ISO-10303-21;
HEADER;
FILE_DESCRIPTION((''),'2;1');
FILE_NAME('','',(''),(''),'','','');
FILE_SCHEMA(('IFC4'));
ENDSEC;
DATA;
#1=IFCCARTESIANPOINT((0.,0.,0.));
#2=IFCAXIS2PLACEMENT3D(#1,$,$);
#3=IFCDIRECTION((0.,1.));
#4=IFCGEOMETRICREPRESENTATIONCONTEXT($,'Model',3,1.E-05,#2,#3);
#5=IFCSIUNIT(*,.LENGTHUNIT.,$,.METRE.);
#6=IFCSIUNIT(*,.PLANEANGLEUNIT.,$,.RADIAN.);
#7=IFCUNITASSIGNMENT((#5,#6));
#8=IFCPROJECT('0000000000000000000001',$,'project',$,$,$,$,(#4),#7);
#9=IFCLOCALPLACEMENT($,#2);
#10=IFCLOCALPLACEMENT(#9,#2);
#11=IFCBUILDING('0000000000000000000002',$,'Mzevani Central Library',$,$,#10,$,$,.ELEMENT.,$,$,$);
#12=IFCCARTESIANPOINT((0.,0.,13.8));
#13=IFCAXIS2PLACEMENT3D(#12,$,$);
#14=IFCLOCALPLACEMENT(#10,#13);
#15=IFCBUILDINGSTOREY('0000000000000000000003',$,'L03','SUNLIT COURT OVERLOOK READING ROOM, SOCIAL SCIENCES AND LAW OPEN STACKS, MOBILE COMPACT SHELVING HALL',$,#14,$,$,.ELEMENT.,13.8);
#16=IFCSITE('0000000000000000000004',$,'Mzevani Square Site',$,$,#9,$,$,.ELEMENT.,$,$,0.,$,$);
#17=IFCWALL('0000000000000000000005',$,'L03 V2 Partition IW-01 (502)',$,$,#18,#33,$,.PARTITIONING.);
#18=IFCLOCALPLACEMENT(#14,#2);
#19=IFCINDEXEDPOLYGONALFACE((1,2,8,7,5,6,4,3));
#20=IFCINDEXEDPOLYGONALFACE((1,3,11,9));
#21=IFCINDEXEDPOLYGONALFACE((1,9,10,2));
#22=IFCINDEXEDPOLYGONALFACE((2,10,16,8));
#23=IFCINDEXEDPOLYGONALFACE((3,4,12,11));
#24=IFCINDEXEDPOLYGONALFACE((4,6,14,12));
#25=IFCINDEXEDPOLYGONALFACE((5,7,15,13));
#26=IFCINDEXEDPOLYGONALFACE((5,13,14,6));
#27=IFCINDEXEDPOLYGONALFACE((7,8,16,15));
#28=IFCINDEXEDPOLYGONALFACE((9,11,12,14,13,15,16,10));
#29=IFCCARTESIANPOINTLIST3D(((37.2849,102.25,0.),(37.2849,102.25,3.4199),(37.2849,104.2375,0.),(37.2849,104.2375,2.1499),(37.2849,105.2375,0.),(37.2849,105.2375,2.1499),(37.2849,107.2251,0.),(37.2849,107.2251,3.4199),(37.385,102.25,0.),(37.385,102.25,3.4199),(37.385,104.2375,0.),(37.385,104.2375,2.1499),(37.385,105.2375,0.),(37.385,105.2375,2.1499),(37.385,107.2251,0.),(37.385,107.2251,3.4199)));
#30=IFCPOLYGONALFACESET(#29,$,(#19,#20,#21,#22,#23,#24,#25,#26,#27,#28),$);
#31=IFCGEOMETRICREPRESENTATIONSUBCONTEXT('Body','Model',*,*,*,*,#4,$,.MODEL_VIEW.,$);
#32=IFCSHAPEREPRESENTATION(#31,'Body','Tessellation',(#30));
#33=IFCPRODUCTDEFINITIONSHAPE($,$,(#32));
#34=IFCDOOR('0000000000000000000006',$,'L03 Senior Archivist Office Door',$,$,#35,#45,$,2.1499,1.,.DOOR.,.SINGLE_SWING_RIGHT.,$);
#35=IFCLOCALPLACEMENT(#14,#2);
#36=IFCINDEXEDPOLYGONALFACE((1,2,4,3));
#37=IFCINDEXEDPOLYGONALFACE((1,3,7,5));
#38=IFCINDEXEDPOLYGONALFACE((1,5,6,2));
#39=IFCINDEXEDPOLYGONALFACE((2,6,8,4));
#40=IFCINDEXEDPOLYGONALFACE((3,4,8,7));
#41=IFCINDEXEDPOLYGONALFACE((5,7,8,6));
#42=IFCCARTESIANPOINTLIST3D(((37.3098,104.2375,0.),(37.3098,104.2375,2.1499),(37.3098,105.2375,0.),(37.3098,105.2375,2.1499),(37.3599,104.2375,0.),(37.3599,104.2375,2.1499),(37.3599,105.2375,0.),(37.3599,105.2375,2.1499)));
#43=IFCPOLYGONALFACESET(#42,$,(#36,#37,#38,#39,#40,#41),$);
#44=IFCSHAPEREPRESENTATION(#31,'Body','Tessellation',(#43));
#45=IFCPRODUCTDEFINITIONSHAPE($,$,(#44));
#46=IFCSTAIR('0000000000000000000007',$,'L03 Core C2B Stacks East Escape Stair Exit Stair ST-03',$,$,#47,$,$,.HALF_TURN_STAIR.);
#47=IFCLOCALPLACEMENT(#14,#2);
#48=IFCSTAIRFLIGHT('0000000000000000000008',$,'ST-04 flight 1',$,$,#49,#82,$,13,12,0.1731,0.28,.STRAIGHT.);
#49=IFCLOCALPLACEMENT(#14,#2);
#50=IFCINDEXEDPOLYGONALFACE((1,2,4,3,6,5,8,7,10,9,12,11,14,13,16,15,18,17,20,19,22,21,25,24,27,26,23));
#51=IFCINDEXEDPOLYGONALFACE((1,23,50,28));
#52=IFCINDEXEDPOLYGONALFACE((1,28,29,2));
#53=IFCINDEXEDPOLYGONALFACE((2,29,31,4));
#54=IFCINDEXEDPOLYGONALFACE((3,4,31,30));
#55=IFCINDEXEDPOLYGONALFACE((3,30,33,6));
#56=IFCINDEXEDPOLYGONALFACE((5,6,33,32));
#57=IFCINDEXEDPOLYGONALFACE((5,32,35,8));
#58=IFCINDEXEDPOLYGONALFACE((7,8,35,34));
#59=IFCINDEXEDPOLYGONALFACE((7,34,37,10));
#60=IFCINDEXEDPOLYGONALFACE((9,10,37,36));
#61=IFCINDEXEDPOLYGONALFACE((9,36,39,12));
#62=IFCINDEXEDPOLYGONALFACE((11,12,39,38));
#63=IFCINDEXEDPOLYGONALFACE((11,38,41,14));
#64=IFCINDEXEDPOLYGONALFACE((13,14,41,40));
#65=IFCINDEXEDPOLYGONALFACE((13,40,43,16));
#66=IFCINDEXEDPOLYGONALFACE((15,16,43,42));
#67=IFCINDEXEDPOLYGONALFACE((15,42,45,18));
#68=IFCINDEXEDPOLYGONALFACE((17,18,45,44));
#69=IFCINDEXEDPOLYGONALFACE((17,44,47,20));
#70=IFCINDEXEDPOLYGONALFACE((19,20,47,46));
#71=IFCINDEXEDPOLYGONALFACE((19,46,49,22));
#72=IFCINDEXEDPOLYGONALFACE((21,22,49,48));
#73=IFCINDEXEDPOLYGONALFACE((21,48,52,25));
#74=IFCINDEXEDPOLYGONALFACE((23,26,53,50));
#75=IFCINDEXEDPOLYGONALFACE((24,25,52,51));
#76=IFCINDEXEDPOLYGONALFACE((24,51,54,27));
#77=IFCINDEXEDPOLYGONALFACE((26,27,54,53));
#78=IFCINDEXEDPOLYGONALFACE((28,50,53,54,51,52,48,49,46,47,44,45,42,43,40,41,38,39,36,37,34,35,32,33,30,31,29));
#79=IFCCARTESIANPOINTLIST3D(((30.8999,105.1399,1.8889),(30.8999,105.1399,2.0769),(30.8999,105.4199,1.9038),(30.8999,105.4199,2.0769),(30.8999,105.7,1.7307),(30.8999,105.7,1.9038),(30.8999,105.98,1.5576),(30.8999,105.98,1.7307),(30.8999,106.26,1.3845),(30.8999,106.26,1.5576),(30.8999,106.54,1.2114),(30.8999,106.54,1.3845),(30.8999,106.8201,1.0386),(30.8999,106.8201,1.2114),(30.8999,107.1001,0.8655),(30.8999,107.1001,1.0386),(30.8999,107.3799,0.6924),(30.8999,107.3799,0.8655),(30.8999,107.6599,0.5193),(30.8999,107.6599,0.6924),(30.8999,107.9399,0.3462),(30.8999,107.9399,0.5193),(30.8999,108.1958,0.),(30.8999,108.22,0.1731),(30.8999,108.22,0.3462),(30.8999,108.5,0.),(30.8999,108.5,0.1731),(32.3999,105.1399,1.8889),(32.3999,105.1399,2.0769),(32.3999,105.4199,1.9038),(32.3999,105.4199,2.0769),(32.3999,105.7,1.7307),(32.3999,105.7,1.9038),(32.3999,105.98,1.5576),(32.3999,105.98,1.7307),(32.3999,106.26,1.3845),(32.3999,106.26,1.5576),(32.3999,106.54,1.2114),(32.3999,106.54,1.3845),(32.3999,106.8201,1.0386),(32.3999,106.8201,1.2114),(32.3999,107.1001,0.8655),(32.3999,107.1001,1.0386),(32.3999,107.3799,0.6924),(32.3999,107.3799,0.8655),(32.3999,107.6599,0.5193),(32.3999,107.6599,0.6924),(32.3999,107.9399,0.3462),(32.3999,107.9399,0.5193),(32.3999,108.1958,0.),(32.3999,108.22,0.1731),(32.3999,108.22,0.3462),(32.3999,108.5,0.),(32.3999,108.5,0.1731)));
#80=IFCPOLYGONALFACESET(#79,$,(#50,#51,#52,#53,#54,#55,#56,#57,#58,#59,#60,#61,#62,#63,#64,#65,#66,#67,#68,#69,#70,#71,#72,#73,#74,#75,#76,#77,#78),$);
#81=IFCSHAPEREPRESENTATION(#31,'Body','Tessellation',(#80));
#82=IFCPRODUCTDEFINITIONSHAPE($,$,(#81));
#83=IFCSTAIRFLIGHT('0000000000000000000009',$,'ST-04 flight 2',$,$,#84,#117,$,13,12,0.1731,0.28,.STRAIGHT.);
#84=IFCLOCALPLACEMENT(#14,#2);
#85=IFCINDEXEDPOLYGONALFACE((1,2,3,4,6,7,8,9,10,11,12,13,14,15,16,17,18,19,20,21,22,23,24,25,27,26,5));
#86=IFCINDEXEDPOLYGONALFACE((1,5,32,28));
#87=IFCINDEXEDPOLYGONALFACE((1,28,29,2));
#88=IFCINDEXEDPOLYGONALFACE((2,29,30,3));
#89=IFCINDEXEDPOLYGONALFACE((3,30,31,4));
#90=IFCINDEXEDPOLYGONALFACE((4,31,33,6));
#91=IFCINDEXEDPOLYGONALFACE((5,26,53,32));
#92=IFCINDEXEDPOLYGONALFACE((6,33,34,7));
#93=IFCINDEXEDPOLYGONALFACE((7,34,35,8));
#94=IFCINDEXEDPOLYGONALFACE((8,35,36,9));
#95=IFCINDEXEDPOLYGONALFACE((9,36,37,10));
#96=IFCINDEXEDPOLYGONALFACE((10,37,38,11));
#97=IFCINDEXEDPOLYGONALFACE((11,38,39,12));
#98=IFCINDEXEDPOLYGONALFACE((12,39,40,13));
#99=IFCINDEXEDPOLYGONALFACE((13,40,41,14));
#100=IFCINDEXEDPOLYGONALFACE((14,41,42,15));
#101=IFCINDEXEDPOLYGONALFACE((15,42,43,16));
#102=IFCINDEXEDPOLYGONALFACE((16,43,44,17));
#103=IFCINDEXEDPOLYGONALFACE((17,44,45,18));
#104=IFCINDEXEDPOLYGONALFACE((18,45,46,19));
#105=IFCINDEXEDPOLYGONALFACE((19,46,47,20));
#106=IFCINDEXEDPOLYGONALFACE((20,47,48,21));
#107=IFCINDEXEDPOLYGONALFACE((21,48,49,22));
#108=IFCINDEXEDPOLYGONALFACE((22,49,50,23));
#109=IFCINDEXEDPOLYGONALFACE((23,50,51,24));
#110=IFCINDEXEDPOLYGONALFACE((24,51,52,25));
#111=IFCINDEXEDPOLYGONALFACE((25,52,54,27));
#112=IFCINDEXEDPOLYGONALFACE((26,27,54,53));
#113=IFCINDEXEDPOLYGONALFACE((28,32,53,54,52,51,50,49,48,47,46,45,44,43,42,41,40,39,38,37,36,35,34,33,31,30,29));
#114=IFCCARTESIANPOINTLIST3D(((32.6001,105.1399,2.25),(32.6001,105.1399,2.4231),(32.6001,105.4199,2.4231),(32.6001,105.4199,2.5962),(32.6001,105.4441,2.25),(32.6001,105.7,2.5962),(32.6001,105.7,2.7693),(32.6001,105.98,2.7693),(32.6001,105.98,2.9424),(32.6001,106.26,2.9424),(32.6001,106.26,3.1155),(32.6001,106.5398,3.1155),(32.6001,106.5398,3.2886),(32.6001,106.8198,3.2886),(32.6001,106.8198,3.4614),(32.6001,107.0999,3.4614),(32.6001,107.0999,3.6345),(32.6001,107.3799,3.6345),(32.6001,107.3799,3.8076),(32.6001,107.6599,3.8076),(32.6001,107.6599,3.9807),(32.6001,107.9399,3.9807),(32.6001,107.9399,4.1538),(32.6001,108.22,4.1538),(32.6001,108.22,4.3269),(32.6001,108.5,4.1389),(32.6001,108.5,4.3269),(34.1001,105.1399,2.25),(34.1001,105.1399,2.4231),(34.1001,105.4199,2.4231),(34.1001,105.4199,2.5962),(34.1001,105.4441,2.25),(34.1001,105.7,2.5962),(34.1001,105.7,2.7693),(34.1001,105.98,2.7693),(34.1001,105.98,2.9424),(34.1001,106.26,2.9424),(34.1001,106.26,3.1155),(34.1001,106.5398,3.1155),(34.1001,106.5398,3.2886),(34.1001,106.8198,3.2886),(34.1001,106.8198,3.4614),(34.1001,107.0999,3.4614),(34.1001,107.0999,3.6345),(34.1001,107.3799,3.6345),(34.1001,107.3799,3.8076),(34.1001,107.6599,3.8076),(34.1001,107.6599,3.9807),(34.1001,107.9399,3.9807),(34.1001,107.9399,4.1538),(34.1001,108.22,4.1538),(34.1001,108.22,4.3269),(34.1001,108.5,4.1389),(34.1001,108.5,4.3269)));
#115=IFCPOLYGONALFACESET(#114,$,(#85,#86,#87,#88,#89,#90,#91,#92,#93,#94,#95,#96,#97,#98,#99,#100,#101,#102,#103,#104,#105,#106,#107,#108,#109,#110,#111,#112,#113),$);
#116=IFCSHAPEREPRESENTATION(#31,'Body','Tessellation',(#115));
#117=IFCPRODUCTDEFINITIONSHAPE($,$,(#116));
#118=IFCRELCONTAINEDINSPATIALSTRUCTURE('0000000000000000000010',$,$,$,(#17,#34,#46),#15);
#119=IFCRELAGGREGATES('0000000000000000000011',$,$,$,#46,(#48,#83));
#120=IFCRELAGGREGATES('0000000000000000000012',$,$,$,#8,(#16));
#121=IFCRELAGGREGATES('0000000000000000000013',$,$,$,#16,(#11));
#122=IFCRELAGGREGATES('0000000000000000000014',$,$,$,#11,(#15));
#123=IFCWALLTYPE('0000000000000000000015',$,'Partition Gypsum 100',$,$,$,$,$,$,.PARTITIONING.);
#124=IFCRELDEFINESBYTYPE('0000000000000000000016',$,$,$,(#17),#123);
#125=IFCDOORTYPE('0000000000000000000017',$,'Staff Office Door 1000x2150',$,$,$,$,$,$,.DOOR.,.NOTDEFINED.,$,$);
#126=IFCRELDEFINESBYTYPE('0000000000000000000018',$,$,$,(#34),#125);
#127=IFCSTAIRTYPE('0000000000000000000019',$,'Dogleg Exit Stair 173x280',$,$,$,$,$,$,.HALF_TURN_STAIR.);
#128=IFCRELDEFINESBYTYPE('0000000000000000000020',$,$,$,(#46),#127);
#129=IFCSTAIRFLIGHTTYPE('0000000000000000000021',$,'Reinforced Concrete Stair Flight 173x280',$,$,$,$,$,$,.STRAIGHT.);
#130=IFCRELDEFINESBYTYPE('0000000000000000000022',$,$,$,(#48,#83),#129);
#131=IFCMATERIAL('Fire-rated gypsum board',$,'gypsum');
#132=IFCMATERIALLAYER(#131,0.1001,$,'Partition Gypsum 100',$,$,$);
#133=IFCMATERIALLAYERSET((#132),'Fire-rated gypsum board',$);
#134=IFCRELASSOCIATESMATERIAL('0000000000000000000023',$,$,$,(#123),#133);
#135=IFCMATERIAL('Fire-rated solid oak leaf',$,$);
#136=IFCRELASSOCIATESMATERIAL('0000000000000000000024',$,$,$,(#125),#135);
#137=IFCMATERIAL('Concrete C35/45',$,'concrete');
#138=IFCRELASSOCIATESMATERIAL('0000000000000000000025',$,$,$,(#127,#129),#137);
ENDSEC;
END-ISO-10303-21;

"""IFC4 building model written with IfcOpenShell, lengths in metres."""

from ifc_helpers import new_model, si_unit, direction, frame, frame_2d, origin, place, context, subcontext, project, spatial, polyline, rectangle, outline, extrude, material, layer, layer_set, type_object, element, fill, aggregate, save


model = new_model("IFC4")

# Units and contexts
model_context = context("Model", 3, precision=1e-05, world=origin(), true_north=direction((0.0, 1.0)))
body_context = subcontext(model_context, "Body", "Model", "MODEL_VIEW")
ifc_project = project(units=[si_unit("LENGTHUNIT", "METRE"), si_unit("PLANEANGLEUNIT", "RADIAN")], contexts=[model_context])

# Site, building, storey
site_placement = place(None, origin())
site = spatial("IfcSite", under=ifc_project, at=site_placement, Name="Mzevani Square Site", CompositionType="ELEMENT", RefElevation=0.0)
building_placement = place(site_placement, origin())
building = spatial("IfcBuilding", under=site, at=building_placement, Name="Mzevani Central Library", CompositionType="ELEMENT")
storey_placement = place(building_placement, frame((0.0, 0.0, 13.8)))
storey = spatial("IfcBuildingStorey", under=building, at=storey_placement, Name="L03", Description="SUNLIT COURT OVERLOOK READING ROOM, SOCIAL SCIENCES AND LAW OPEN STACKS, MOBILE COMPACT SHELVING HALL", CompositionType="ELEMENT", Elevation=13.8)

# Shared definitions
ifc_material_1 = material(Name="Concrete C35/45", Category="concrete")

# Shared definitions
ifc_material_2 = material(Name="Fire-rated gypsum board", Category="gypsum")
ifc_layer_1 = layer(ifc_material_2, 0.1001, Name="Partition Gypsum 100")
ifc_layer_set_1 = layer_set([ifc_layer_1], Name="Fire-rated gypsum board")
wall_type_1 = type_object("IfcWallType", Name="Partition Gypsum 100", PredefinedType="PARTITIONING", material=ifc_layer_set_1)

# Wall, opening, door
wall_1_placement = place(storey_placement, frame((37.335, 107.2251, 0.0), z_axis=(0.0, 0.0, 1.0), x_axis=(0.0, -1.0, 0.0)))
wall_1 = element("IfcWall", 1, at=wall_1_placement, inside=storey, type_object=wall_type_1, Name="L03 V2 Partition IW-01 (502)", PredefinedType="PARTITIONING", context=body_context, shape_type="SweptSolid", body=[
    extrude(rectangle(XDim=4.9751, YDim=0.1001, at=frame_2d((2.4875, 0.0))), origin(), (0.0, 0.0, 1.0), 3.4199),
])
opening_1_placement = place(wall_1_placement, frame((1.9875, 0.0, 0.0)))
opening_1 = element("IfcOpeningElement", 2, at=opening_1_placement, cuts=wall_1, PredefinedType="OPENING", context=body_context, shape_type="SweptSolid", body=[
    extrude(rectangle(XDim=1.0, YDim=2.1499, at=frame_2d((0.5, 1.075))), frame((0.0, 0.0601, 0.0), z_axis=(0.0, -1.0, 0.0), x_axis=(1.0, 0.0, 0.0)), (0.0, 0.0, 1.0), 0.1201),
])
ifc_material_3 = material(Name="Fire-rated solid oak leaf")
door_type_1 = type_object("IfcDoorType", Name="Staff Office Door 1000x2150", OperationType="NOTDEFINED", PredefinedType="DOOR", material=ifc_material_3)
door_1_placement = place(opening_1_placement, origin())
door_1 = element("IfcDoor", 3, at=door_1_placement, inside=storey, type_object=door_type_1, Name="L03 Senior Archivist Office Door", OperationType="SINGLE_SWING_RIGHT", OverallHeight=2.1499, OverallWidth=1.0, PredefinedType="DOOR", context=body_context, shape_type="SweptSolid", body=[
    extrude(rectangle(XDim=1.0, YDim=2.1499, at=frame_2d((0.5, 1.075))), frame((0.0, 0.0249, 0.0), z_axis=(0.0, -1.0, 0.0), x_axis=(1.0, 0.0, 0.0)), (0.0, 0.0, 1.0), 0.05),
])
fill(opening_1, door_1)

# Stair, stair flights
stair_type = type_object("IfcStairType", Name="Dogleg Exit Stair 173x280", PredefinedType="HALF_TURN_STAIR", material=ifc_material_1)
stair_placement = place(storey_placement, origin())
stair = element("IfcStair", 4, at=stair_placement, inside=storey, type_object=stair_type, Name="L03 Core C2B Stacks East Escape Stair Exit Stair ST-03", PredefinedType="HALF_TURN_STAIR")
stair_flight_type = type_object("IfcStairFlightType", Name="Reinforced Concrete Stair Flight 173x280", PredefinedType="STRAIGHT", material=ifc_material_1)
stair_flight_1_placement = place(storey_placement, frame((31.6499, 108.5, 0.0), z_axis=(0.0, 0.0, 1.0), x_axis=(0.0, -1.0, 0.0)))
stair_flight_1 = element("IfcStairFlight", 5, at=stair_flight_1_placement, type_object=stair_flight_type, Name="ST-04 flight 1", NumberOfRisers=13, NumberOfTreads=12, PredefinedType="STRAIGHT", RiserHeight=0.1731, TreadLength=0.28, context=body_context, shape_type="SweptSolid", body=[
    extrude(outline(polyline([(0.0, 0.0), (0.0, 0.1731), (0.28, 0.1731), (0.28, 0.3462), (0.5601, 0.3462), (0.5601, 0.5193), (0.8401, 0.5193), (0.8401, 0.6924), (1.1201, 0.6924), (1.1201, 0.8655), (1.3999, 0.8655), (1.3999, 1.0386), (1.6799, 1.0386), (1.6799, 1.2114), (1.96, 1.2114), (1.96, 1.3845), (2.24, 1.3845), (2.24, 1.5576), (2.52, 1.5576), (2.52, 1.7307), (2.8, 1.7307), (2.8, 1.9038), (3.0801, 1.9038), (3.0801, 2.0769), (3.3601, 2.0769), (3.3601, 2.25), (3.3601, 1.8889), (0.3042, 0.0), (0.0, 0.0)])), frame((0.0, 0.75, 0.0), z_axis=(0.0, -1.0, 0.0), x_axis=(1.0, 0.0, 0.0)), (0.0, 0.0, 1.0), 1.5),
])
stair_flight_2_placement = place(storey_placement, frame((33.3501, 105.1399, 2.25), z_axis=(0.0, 0.0, 1.0), x_axis=(0.0, 1.0, 0.0)))
stair_flight_2 = element("IfcStairFlight", 6, at=stair_flight_2_placement, type_object=stair_flight_type, Name="ST-04 flight 2", NumberOfRisers=13, NumberOfTreads=12, PredefinedType="STRAIGHT", RiserHeight=0.1731, TreadLength=0.28, context=body_context, shape_type="SweptSolid", body=[
    extrude(outline(polyline([(0.0, 0.0), (0.0, 0.1731), (0.28, 0.1731), (0.28, 0.3462), (0.5601, 0.3462), (0.5601, 0.5193), (0.8401, 0.5193), (0.8401, 0.6924), (1.1201, 0.6924), (1.1201, 0.8655), (1.3999, 0.8655), (1.3999, 1.0386), (1.6799, 1.0386), (1.6799, 1.2114), (1.96, 1.2114), (1.96, 1.3845), (2.24, 1.3845), (2.24, 1.5576), (2.52, 1.5576), (2.52, 1.7307), (2.8, 1.7307), (2.8, 1.9038), (3.0801, 1.9038), (3.0801, 2.0769), (3.3601, 2.0769), (3.3601, 2.25), (3.3601, 1.8889), (0.3042, 0.0), (0.0, 0.0)])), frame((0.0, 0.75, 0.0), z_axis=(0.0, -1.0, 0.0), x_axis=(1.0, 0.0, 0.0)), (0.0, 0.0, 1.0), 1.5),
])
aggregate(stair, [stair_flight_1, stair_flight_2])

save(model, "model.ifc")
